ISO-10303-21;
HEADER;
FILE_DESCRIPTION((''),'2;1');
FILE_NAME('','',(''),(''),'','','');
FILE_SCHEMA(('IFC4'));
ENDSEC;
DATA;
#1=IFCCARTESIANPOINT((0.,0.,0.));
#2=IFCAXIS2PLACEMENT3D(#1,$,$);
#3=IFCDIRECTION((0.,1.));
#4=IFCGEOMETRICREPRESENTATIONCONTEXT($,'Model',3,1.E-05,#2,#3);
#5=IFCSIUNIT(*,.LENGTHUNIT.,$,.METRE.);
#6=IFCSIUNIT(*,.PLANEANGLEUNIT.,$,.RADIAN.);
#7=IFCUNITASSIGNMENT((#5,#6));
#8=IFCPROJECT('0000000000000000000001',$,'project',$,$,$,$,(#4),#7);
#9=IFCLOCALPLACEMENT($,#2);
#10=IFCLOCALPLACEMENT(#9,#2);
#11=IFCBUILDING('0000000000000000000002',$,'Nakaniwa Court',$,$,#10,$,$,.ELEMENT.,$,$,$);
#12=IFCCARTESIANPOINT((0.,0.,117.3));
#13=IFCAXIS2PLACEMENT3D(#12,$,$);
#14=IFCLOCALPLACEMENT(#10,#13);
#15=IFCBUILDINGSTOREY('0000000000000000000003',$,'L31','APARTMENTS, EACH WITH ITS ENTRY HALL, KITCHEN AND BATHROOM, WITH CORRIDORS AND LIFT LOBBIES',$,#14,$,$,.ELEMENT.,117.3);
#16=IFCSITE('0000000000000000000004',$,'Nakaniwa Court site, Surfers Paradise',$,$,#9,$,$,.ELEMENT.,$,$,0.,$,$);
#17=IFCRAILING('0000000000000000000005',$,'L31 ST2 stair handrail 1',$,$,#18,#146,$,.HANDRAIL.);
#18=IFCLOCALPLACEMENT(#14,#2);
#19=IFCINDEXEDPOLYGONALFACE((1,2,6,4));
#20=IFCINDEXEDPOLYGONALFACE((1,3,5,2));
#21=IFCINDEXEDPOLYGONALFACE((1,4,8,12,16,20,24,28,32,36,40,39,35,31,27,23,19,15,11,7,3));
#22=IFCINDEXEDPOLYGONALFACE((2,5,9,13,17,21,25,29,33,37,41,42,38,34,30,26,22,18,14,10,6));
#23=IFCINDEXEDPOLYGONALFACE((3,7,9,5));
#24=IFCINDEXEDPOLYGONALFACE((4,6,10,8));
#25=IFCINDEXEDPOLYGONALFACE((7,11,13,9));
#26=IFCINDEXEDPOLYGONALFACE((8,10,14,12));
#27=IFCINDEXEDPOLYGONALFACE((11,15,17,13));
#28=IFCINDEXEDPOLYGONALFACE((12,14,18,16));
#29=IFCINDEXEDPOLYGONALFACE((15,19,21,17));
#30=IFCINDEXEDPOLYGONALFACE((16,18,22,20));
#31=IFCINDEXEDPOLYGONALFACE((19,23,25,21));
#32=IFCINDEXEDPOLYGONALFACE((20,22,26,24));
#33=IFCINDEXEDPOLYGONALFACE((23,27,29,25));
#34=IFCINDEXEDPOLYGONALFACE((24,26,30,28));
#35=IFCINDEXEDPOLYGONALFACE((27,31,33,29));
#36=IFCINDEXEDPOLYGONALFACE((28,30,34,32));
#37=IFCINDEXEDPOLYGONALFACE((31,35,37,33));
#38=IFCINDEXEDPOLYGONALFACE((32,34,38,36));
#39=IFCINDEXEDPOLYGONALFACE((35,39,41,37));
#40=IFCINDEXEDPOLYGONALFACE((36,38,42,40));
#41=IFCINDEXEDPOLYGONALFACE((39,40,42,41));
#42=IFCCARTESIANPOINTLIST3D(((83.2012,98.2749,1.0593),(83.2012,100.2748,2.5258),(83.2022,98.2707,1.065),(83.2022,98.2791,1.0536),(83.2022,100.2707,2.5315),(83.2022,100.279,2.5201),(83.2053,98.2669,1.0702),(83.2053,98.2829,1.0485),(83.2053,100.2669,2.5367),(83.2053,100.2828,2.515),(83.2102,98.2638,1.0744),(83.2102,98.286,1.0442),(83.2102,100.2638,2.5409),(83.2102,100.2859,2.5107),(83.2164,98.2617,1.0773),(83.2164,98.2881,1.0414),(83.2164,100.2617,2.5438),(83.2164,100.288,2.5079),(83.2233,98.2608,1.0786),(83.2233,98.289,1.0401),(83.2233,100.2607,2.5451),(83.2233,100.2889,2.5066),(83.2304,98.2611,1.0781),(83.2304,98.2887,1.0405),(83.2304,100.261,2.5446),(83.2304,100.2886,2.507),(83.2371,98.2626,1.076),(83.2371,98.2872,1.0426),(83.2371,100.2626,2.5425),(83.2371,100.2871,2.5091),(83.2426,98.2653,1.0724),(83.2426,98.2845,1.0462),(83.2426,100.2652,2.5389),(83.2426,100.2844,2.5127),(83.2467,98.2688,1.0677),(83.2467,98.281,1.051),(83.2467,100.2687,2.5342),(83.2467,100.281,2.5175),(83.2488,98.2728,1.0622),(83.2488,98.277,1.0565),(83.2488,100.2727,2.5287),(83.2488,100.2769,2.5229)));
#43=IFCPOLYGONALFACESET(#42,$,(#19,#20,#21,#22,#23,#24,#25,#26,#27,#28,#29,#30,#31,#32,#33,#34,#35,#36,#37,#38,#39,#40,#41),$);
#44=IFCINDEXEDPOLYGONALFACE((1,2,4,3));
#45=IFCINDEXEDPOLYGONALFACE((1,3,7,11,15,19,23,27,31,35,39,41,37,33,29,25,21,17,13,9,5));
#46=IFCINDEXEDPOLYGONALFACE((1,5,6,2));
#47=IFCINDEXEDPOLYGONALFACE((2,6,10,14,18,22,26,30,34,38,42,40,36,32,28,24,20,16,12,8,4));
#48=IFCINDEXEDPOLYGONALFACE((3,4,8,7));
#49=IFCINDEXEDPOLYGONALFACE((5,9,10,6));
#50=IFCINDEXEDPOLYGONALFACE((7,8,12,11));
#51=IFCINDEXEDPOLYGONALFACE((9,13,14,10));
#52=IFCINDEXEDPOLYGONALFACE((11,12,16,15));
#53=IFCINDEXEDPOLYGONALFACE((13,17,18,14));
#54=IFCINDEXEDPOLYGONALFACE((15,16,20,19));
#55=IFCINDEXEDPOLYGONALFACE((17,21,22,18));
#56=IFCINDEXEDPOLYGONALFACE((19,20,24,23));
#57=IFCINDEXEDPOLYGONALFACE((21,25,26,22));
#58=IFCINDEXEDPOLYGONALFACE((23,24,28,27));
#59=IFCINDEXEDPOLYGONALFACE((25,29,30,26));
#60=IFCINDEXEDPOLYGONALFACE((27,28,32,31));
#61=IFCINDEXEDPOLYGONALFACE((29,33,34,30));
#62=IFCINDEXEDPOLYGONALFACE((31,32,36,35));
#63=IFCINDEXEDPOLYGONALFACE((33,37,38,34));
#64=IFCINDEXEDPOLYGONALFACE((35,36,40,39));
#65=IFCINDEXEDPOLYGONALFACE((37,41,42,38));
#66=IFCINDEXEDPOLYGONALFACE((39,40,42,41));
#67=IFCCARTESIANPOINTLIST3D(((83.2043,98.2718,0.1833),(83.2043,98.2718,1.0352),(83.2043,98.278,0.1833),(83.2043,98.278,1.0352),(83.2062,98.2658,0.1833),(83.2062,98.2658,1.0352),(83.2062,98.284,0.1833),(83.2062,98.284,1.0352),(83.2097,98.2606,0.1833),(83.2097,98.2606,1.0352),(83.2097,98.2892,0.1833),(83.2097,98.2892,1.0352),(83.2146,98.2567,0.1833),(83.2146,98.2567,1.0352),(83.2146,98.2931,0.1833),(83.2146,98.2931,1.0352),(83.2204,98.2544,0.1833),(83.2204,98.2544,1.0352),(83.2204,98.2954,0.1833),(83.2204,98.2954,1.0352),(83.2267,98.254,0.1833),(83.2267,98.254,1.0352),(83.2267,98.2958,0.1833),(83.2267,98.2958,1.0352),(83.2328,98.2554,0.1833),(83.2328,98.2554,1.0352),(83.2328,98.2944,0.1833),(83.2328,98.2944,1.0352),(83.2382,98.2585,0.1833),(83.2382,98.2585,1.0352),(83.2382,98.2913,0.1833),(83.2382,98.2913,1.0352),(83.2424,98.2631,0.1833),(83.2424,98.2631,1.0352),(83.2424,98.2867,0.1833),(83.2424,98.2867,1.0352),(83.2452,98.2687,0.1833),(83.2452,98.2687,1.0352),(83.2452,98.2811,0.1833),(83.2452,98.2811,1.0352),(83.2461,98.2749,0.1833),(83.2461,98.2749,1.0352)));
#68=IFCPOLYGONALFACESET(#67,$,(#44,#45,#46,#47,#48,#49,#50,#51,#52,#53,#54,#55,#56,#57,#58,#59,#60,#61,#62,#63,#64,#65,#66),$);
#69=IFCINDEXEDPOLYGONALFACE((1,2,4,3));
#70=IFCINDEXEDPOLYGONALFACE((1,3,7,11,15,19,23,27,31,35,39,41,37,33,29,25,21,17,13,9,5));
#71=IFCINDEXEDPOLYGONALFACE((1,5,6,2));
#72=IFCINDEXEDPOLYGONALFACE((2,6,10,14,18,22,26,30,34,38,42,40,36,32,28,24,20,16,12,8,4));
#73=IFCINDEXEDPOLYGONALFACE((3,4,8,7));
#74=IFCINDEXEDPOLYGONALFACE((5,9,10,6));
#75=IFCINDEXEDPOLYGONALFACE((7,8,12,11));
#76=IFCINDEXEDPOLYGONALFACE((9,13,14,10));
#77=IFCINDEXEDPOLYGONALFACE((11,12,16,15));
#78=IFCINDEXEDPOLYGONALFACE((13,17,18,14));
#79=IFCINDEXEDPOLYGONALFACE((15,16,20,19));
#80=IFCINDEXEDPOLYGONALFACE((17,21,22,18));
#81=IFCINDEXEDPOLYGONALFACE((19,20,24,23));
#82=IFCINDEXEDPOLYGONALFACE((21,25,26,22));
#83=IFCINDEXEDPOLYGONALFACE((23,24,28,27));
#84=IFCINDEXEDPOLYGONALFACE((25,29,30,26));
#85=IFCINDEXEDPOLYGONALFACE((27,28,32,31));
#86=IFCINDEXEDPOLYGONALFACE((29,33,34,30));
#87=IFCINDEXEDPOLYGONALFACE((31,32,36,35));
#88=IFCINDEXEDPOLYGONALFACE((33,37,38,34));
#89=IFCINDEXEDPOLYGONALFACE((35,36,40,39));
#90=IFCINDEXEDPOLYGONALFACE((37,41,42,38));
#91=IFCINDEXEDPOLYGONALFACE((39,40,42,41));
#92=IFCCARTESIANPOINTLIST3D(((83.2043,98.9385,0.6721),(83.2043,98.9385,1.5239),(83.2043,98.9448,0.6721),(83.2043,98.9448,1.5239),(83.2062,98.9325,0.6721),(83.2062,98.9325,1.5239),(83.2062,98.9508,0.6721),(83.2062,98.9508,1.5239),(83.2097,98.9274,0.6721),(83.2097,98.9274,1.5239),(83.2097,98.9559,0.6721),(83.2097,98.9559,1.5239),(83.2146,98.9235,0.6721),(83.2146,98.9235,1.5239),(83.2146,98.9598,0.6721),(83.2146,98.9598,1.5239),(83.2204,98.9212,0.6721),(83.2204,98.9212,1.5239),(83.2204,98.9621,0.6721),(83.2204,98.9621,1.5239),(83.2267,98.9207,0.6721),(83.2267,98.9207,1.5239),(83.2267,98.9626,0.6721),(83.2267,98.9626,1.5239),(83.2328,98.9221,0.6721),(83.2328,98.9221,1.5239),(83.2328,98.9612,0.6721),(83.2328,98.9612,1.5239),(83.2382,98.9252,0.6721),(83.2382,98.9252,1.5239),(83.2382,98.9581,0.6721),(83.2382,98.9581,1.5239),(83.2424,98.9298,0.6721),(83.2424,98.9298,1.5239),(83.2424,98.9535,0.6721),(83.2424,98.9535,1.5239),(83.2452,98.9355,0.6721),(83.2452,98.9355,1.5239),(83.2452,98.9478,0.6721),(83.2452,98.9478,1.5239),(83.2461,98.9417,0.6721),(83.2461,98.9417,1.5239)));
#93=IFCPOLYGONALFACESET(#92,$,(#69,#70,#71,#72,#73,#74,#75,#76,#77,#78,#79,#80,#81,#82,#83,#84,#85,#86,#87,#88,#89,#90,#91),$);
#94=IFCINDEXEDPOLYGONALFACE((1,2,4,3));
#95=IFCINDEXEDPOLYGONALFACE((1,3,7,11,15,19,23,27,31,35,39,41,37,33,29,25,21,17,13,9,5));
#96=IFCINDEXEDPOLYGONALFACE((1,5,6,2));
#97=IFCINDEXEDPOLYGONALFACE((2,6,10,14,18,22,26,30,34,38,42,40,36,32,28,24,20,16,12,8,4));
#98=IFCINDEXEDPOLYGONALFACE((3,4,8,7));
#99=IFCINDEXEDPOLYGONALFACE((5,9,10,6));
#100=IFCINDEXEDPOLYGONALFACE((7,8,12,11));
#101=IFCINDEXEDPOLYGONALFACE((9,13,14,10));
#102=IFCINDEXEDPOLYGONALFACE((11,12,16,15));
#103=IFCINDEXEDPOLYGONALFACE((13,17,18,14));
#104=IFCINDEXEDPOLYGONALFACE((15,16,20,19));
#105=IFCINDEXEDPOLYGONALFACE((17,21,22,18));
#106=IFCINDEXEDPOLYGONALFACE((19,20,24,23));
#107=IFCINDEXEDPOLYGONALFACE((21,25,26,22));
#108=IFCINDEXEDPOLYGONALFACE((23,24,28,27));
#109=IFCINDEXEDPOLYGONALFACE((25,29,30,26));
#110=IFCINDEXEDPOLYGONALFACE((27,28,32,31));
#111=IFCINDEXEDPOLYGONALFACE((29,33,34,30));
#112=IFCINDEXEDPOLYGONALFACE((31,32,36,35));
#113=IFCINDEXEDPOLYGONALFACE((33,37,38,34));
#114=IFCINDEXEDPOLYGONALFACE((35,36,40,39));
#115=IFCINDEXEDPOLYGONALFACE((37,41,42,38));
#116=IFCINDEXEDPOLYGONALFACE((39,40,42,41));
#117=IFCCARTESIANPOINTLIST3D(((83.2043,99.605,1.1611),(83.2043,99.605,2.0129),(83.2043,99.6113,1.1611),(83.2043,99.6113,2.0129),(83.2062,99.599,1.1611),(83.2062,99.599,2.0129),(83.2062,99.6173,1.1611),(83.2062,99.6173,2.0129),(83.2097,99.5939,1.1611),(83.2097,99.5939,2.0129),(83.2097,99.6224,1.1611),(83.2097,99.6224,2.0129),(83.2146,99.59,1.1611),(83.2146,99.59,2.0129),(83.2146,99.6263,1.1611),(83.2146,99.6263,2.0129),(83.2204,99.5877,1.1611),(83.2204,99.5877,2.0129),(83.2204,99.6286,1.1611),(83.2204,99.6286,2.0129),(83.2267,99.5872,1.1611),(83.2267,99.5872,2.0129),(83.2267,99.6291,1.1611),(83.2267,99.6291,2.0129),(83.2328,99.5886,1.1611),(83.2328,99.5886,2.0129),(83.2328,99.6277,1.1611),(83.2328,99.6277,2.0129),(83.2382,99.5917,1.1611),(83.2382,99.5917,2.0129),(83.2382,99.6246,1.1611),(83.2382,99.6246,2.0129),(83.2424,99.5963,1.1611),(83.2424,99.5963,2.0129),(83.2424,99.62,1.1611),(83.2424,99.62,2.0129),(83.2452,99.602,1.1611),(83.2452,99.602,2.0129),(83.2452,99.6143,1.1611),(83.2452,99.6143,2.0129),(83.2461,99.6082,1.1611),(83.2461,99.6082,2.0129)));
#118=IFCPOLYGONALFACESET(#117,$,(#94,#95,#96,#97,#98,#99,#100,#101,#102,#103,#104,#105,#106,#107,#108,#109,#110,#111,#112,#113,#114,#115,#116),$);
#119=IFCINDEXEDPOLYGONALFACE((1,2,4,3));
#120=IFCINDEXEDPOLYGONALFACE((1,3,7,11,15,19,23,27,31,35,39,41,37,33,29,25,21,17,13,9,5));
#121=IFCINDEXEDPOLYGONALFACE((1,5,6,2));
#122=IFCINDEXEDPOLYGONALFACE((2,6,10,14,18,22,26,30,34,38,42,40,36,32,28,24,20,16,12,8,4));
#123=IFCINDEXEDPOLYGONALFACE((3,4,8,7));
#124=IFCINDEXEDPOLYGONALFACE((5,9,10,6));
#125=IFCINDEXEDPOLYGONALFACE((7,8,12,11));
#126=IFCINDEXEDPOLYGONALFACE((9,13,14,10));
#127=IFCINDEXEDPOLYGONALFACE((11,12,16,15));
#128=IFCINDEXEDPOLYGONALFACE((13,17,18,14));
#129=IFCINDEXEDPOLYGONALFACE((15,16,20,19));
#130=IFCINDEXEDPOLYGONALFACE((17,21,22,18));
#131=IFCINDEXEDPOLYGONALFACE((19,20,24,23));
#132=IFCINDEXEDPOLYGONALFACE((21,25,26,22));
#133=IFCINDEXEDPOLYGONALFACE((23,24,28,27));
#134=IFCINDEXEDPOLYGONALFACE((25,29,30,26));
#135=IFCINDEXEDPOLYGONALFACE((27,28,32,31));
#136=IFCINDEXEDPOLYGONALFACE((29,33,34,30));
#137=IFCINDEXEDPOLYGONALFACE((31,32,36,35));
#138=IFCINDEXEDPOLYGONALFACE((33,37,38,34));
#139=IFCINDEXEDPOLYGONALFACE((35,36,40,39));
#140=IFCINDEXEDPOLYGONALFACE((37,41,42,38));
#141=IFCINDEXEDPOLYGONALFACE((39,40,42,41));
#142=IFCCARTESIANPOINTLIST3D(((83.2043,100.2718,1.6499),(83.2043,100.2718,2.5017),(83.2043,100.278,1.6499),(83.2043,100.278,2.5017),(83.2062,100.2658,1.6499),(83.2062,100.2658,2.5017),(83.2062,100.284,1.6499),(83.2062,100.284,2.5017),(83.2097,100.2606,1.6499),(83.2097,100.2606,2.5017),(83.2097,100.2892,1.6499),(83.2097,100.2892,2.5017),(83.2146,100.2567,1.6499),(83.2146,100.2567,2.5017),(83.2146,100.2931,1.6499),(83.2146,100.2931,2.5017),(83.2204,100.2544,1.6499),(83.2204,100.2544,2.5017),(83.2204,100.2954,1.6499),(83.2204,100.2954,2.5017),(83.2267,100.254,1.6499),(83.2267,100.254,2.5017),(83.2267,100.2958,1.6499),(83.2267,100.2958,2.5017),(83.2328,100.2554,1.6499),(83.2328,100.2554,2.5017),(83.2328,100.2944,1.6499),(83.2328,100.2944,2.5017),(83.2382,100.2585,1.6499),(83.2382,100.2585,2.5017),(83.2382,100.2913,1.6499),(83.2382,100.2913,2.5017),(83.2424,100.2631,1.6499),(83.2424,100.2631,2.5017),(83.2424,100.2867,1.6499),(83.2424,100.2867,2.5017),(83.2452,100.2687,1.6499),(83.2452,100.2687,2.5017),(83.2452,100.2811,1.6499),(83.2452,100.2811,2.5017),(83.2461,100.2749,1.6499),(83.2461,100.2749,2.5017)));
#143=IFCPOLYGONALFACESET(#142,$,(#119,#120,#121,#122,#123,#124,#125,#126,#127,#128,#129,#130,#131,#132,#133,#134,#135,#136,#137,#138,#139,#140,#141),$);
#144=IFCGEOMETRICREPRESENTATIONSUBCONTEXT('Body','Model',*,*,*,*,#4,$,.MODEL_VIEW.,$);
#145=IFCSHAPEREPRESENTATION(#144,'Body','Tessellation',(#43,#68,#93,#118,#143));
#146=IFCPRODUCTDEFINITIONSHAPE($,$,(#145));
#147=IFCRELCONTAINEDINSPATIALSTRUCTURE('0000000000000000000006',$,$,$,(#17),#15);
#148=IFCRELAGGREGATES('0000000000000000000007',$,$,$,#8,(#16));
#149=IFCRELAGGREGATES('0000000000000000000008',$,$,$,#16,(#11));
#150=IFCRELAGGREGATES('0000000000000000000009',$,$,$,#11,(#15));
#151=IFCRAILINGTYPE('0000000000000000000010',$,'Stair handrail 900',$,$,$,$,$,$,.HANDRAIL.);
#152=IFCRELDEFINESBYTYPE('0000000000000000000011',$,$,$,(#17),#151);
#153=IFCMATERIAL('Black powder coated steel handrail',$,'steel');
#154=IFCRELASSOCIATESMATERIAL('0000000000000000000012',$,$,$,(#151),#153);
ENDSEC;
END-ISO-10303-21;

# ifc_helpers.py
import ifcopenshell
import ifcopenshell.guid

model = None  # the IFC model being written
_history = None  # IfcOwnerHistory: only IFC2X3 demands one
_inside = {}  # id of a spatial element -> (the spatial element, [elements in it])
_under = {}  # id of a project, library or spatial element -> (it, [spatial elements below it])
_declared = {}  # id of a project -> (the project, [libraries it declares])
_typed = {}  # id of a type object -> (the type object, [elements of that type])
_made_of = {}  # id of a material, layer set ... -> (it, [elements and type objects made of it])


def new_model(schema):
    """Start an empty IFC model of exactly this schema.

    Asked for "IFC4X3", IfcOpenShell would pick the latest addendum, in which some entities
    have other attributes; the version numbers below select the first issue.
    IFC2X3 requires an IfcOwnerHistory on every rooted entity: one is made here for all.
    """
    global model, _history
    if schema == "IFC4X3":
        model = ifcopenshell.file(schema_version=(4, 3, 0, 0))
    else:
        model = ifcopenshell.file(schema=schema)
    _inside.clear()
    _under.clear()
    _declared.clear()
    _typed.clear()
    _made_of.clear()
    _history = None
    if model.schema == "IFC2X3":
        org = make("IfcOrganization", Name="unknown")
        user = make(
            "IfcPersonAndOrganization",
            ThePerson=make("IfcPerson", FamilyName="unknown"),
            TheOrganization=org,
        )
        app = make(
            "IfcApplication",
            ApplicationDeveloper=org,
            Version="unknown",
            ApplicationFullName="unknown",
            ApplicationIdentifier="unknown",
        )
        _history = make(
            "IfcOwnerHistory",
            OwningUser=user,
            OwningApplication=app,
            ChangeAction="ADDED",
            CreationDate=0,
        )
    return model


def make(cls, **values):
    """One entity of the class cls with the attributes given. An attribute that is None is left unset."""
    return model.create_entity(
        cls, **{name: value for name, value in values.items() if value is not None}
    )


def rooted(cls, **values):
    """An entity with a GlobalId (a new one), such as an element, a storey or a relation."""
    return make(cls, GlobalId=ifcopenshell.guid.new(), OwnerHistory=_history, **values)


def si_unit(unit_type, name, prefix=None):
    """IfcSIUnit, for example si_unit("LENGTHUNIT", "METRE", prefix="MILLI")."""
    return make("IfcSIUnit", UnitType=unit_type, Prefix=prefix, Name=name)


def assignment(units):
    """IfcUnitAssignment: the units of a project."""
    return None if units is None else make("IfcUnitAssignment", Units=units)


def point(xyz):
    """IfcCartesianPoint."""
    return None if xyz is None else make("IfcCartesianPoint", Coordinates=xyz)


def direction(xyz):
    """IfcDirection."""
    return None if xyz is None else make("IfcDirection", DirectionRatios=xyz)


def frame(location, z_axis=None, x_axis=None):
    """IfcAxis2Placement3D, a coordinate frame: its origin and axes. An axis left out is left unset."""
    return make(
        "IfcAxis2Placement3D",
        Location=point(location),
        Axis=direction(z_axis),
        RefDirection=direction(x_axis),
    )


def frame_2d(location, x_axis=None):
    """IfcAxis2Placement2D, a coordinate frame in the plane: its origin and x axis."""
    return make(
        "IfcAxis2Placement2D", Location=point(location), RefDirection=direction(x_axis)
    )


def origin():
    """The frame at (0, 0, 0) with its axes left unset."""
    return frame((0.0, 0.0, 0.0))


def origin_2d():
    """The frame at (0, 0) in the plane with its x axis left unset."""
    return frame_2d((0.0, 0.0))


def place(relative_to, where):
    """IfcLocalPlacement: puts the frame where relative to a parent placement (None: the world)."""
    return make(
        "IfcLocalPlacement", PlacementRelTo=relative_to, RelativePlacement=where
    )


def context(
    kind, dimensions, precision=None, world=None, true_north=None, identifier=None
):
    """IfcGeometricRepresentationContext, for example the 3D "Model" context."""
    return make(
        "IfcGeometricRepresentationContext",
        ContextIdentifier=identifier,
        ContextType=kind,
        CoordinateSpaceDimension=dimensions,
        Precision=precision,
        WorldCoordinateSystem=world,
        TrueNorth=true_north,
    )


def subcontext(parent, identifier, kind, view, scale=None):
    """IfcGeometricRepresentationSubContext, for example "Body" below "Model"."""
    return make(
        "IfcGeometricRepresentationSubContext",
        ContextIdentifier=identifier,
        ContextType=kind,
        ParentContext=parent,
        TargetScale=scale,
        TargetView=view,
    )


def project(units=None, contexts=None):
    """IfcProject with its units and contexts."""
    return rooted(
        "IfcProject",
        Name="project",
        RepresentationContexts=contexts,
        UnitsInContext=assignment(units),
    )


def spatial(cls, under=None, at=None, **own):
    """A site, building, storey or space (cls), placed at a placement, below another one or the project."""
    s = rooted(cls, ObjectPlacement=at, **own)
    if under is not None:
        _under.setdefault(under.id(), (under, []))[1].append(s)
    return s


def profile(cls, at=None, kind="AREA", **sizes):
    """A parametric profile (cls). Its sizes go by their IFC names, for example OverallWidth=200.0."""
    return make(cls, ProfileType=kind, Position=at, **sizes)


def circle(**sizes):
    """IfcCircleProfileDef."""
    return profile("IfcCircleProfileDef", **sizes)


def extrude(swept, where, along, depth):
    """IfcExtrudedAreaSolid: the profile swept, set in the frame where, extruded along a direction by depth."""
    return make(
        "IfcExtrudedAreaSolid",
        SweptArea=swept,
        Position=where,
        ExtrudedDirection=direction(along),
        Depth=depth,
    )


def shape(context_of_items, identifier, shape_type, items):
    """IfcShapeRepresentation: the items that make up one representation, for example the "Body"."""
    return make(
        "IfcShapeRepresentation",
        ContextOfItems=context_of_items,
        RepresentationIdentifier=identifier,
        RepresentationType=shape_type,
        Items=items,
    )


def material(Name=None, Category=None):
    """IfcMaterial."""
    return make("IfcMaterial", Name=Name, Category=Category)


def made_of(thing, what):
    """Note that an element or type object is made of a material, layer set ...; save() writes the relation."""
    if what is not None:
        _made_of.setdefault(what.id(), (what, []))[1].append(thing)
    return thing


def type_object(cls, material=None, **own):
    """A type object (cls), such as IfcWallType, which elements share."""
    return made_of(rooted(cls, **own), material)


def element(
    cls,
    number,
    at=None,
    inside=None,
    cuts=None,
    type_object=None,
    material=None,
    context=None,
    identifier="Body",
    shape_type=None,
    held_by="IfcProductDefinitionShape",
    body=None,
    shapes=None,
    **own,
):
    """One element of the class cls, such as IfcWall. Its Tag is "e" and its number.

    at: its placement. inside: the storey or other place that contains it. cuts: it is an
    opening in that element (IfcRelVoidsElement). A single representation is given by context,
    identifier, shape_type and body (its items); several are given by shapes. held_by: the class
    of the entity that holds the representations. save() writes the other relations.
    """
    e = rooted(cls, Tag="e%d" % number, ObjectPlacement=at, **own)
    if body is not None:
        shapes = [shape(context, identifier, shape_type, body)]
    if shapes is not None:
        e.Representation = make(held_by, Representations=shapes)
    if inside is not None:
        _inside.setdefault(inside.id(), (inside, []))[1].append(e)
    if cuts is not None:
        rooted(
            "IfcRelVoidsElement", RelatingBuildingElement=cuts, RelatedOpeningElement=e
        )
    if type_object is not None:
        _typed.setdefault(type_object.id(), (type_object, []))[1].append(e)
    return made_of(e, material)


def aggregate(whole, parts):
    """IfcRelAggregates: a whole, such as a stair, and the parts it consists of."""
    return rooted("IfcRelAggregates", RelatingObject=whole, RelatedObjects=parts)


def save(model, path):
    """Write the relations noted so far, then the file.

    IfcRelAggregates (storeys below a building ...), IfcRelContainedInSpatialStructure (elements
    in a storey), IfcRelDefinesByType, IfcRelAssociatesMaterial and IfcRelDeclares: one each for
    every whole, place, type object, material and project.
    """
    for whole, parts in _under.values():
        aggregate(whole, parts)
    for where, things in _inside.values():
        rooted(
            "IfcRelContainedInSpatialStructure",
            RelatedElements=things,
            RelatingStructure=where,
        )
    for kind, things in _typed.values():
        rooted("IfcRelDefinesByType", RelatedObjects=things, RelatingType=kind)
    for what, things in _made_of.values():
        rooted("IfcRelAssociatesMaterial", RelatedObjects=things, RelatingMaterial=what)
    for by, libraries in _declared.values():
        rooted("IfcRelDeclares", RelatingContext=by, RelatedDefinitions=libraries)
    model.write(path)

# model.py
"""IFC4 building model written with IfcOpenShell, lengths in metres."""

from ifc_helpers import new_model, si_unit, direction, frame, origin, origin_2d, place, context, subcontext, project, spatial, circle, extrude, material, type_object, element, save


model = new_model("IFC4")

# Units and contexts
model_context = context("Model", 3, precision=1e-05, world=origin(), true_north=direction((0.0, 1.0)))
body_context = subcontext(model_context, "Body", "Model", "MODEL_VIEW")
ifc_project = project(units=[si_unit("LENGTHUNIT", "METRE"), si_unit("PLANEANGLEUNIT", "RADIAN")], contexts=[model_context])

# Site, building, storey
site_placement = place(None, origin())
site = spatial("IfcSite", under=ifc_project, at=site_placement, Name="Nakaniwa Court site, Surfers Paradise", CompositionType="ELEMENT", RefElevation=0.0)
building_placement = place(site_placement, origin())
building = spatial("IfcBuilding", under=site, at=building_placement, Name="Nakaniwa Court", CompositionType="ELEMENT")
storey_placement = place(building_placement, frame((0.0, 0.0, 117.3)))
storey = spatial("IfcBuildingStorey", under=building, at=storey_placement, Name="L31", Description="APARTMENTS, EACH WITH ITS ENTRY HALL, KITCHEN AND BATHROOM, WITH CORRIDORS AND LIFT LOBBIES", CompositionType="ELEMENT", Elevation=117.3)

# Railing
ifc_material_1 = material(Name="Black powder coated steel handrail", Category="steel")
railing_type_1 = type_object("IfcRailingType", Name="Stair handrail 900", PredefinedType="HANDRAIL", material=ifc_material_1)
railing_1_placement = place(storey_placement, frame((83.2251, 98.2749, 0.1833)))
element("IfcRailing", 1, at=railing_1_placement, inside=storey, type_object=railing_type_1, Name="L31 ST2 stair handrail 1", PredefinedType="HANDRAIL", context=body_context, shape_type="SweptSolid", body=[
    extrude(circle(Radius=0.0239, at=origin_2d()), frame((0.0, 0.0, 0.876), z_axis=(0.0, 0.806427, 0.591334), x_axis=(-1.0, 0.0, 0.0)), (0.0, 0.0, 1.0), 2.48),
    extrude(circle(Radius=0.021, at=origin_2d()), origin(), (0.0, 0.0, 1.0), 0.8518),
    extrude(circle(Radius=0.021, at=origin_2d()), frame((0.0, 0.6667, 0.4888)), (0.0, 0.0, 1.0), 0.8518),
    extrude(circle(Radius=0.021, at=origin_2d()), frame((0.0, 1.3333, 0.9778)), (0.0, 0.0, 1.0), 0.8518),
    extrude(circle(Radius=0.021, at=origin_2d()), frame((0.0, 2.0, 1.4666)), (0.0, 0.0, 1.0), 0.8518),
])

save(model, "model.ifc")
